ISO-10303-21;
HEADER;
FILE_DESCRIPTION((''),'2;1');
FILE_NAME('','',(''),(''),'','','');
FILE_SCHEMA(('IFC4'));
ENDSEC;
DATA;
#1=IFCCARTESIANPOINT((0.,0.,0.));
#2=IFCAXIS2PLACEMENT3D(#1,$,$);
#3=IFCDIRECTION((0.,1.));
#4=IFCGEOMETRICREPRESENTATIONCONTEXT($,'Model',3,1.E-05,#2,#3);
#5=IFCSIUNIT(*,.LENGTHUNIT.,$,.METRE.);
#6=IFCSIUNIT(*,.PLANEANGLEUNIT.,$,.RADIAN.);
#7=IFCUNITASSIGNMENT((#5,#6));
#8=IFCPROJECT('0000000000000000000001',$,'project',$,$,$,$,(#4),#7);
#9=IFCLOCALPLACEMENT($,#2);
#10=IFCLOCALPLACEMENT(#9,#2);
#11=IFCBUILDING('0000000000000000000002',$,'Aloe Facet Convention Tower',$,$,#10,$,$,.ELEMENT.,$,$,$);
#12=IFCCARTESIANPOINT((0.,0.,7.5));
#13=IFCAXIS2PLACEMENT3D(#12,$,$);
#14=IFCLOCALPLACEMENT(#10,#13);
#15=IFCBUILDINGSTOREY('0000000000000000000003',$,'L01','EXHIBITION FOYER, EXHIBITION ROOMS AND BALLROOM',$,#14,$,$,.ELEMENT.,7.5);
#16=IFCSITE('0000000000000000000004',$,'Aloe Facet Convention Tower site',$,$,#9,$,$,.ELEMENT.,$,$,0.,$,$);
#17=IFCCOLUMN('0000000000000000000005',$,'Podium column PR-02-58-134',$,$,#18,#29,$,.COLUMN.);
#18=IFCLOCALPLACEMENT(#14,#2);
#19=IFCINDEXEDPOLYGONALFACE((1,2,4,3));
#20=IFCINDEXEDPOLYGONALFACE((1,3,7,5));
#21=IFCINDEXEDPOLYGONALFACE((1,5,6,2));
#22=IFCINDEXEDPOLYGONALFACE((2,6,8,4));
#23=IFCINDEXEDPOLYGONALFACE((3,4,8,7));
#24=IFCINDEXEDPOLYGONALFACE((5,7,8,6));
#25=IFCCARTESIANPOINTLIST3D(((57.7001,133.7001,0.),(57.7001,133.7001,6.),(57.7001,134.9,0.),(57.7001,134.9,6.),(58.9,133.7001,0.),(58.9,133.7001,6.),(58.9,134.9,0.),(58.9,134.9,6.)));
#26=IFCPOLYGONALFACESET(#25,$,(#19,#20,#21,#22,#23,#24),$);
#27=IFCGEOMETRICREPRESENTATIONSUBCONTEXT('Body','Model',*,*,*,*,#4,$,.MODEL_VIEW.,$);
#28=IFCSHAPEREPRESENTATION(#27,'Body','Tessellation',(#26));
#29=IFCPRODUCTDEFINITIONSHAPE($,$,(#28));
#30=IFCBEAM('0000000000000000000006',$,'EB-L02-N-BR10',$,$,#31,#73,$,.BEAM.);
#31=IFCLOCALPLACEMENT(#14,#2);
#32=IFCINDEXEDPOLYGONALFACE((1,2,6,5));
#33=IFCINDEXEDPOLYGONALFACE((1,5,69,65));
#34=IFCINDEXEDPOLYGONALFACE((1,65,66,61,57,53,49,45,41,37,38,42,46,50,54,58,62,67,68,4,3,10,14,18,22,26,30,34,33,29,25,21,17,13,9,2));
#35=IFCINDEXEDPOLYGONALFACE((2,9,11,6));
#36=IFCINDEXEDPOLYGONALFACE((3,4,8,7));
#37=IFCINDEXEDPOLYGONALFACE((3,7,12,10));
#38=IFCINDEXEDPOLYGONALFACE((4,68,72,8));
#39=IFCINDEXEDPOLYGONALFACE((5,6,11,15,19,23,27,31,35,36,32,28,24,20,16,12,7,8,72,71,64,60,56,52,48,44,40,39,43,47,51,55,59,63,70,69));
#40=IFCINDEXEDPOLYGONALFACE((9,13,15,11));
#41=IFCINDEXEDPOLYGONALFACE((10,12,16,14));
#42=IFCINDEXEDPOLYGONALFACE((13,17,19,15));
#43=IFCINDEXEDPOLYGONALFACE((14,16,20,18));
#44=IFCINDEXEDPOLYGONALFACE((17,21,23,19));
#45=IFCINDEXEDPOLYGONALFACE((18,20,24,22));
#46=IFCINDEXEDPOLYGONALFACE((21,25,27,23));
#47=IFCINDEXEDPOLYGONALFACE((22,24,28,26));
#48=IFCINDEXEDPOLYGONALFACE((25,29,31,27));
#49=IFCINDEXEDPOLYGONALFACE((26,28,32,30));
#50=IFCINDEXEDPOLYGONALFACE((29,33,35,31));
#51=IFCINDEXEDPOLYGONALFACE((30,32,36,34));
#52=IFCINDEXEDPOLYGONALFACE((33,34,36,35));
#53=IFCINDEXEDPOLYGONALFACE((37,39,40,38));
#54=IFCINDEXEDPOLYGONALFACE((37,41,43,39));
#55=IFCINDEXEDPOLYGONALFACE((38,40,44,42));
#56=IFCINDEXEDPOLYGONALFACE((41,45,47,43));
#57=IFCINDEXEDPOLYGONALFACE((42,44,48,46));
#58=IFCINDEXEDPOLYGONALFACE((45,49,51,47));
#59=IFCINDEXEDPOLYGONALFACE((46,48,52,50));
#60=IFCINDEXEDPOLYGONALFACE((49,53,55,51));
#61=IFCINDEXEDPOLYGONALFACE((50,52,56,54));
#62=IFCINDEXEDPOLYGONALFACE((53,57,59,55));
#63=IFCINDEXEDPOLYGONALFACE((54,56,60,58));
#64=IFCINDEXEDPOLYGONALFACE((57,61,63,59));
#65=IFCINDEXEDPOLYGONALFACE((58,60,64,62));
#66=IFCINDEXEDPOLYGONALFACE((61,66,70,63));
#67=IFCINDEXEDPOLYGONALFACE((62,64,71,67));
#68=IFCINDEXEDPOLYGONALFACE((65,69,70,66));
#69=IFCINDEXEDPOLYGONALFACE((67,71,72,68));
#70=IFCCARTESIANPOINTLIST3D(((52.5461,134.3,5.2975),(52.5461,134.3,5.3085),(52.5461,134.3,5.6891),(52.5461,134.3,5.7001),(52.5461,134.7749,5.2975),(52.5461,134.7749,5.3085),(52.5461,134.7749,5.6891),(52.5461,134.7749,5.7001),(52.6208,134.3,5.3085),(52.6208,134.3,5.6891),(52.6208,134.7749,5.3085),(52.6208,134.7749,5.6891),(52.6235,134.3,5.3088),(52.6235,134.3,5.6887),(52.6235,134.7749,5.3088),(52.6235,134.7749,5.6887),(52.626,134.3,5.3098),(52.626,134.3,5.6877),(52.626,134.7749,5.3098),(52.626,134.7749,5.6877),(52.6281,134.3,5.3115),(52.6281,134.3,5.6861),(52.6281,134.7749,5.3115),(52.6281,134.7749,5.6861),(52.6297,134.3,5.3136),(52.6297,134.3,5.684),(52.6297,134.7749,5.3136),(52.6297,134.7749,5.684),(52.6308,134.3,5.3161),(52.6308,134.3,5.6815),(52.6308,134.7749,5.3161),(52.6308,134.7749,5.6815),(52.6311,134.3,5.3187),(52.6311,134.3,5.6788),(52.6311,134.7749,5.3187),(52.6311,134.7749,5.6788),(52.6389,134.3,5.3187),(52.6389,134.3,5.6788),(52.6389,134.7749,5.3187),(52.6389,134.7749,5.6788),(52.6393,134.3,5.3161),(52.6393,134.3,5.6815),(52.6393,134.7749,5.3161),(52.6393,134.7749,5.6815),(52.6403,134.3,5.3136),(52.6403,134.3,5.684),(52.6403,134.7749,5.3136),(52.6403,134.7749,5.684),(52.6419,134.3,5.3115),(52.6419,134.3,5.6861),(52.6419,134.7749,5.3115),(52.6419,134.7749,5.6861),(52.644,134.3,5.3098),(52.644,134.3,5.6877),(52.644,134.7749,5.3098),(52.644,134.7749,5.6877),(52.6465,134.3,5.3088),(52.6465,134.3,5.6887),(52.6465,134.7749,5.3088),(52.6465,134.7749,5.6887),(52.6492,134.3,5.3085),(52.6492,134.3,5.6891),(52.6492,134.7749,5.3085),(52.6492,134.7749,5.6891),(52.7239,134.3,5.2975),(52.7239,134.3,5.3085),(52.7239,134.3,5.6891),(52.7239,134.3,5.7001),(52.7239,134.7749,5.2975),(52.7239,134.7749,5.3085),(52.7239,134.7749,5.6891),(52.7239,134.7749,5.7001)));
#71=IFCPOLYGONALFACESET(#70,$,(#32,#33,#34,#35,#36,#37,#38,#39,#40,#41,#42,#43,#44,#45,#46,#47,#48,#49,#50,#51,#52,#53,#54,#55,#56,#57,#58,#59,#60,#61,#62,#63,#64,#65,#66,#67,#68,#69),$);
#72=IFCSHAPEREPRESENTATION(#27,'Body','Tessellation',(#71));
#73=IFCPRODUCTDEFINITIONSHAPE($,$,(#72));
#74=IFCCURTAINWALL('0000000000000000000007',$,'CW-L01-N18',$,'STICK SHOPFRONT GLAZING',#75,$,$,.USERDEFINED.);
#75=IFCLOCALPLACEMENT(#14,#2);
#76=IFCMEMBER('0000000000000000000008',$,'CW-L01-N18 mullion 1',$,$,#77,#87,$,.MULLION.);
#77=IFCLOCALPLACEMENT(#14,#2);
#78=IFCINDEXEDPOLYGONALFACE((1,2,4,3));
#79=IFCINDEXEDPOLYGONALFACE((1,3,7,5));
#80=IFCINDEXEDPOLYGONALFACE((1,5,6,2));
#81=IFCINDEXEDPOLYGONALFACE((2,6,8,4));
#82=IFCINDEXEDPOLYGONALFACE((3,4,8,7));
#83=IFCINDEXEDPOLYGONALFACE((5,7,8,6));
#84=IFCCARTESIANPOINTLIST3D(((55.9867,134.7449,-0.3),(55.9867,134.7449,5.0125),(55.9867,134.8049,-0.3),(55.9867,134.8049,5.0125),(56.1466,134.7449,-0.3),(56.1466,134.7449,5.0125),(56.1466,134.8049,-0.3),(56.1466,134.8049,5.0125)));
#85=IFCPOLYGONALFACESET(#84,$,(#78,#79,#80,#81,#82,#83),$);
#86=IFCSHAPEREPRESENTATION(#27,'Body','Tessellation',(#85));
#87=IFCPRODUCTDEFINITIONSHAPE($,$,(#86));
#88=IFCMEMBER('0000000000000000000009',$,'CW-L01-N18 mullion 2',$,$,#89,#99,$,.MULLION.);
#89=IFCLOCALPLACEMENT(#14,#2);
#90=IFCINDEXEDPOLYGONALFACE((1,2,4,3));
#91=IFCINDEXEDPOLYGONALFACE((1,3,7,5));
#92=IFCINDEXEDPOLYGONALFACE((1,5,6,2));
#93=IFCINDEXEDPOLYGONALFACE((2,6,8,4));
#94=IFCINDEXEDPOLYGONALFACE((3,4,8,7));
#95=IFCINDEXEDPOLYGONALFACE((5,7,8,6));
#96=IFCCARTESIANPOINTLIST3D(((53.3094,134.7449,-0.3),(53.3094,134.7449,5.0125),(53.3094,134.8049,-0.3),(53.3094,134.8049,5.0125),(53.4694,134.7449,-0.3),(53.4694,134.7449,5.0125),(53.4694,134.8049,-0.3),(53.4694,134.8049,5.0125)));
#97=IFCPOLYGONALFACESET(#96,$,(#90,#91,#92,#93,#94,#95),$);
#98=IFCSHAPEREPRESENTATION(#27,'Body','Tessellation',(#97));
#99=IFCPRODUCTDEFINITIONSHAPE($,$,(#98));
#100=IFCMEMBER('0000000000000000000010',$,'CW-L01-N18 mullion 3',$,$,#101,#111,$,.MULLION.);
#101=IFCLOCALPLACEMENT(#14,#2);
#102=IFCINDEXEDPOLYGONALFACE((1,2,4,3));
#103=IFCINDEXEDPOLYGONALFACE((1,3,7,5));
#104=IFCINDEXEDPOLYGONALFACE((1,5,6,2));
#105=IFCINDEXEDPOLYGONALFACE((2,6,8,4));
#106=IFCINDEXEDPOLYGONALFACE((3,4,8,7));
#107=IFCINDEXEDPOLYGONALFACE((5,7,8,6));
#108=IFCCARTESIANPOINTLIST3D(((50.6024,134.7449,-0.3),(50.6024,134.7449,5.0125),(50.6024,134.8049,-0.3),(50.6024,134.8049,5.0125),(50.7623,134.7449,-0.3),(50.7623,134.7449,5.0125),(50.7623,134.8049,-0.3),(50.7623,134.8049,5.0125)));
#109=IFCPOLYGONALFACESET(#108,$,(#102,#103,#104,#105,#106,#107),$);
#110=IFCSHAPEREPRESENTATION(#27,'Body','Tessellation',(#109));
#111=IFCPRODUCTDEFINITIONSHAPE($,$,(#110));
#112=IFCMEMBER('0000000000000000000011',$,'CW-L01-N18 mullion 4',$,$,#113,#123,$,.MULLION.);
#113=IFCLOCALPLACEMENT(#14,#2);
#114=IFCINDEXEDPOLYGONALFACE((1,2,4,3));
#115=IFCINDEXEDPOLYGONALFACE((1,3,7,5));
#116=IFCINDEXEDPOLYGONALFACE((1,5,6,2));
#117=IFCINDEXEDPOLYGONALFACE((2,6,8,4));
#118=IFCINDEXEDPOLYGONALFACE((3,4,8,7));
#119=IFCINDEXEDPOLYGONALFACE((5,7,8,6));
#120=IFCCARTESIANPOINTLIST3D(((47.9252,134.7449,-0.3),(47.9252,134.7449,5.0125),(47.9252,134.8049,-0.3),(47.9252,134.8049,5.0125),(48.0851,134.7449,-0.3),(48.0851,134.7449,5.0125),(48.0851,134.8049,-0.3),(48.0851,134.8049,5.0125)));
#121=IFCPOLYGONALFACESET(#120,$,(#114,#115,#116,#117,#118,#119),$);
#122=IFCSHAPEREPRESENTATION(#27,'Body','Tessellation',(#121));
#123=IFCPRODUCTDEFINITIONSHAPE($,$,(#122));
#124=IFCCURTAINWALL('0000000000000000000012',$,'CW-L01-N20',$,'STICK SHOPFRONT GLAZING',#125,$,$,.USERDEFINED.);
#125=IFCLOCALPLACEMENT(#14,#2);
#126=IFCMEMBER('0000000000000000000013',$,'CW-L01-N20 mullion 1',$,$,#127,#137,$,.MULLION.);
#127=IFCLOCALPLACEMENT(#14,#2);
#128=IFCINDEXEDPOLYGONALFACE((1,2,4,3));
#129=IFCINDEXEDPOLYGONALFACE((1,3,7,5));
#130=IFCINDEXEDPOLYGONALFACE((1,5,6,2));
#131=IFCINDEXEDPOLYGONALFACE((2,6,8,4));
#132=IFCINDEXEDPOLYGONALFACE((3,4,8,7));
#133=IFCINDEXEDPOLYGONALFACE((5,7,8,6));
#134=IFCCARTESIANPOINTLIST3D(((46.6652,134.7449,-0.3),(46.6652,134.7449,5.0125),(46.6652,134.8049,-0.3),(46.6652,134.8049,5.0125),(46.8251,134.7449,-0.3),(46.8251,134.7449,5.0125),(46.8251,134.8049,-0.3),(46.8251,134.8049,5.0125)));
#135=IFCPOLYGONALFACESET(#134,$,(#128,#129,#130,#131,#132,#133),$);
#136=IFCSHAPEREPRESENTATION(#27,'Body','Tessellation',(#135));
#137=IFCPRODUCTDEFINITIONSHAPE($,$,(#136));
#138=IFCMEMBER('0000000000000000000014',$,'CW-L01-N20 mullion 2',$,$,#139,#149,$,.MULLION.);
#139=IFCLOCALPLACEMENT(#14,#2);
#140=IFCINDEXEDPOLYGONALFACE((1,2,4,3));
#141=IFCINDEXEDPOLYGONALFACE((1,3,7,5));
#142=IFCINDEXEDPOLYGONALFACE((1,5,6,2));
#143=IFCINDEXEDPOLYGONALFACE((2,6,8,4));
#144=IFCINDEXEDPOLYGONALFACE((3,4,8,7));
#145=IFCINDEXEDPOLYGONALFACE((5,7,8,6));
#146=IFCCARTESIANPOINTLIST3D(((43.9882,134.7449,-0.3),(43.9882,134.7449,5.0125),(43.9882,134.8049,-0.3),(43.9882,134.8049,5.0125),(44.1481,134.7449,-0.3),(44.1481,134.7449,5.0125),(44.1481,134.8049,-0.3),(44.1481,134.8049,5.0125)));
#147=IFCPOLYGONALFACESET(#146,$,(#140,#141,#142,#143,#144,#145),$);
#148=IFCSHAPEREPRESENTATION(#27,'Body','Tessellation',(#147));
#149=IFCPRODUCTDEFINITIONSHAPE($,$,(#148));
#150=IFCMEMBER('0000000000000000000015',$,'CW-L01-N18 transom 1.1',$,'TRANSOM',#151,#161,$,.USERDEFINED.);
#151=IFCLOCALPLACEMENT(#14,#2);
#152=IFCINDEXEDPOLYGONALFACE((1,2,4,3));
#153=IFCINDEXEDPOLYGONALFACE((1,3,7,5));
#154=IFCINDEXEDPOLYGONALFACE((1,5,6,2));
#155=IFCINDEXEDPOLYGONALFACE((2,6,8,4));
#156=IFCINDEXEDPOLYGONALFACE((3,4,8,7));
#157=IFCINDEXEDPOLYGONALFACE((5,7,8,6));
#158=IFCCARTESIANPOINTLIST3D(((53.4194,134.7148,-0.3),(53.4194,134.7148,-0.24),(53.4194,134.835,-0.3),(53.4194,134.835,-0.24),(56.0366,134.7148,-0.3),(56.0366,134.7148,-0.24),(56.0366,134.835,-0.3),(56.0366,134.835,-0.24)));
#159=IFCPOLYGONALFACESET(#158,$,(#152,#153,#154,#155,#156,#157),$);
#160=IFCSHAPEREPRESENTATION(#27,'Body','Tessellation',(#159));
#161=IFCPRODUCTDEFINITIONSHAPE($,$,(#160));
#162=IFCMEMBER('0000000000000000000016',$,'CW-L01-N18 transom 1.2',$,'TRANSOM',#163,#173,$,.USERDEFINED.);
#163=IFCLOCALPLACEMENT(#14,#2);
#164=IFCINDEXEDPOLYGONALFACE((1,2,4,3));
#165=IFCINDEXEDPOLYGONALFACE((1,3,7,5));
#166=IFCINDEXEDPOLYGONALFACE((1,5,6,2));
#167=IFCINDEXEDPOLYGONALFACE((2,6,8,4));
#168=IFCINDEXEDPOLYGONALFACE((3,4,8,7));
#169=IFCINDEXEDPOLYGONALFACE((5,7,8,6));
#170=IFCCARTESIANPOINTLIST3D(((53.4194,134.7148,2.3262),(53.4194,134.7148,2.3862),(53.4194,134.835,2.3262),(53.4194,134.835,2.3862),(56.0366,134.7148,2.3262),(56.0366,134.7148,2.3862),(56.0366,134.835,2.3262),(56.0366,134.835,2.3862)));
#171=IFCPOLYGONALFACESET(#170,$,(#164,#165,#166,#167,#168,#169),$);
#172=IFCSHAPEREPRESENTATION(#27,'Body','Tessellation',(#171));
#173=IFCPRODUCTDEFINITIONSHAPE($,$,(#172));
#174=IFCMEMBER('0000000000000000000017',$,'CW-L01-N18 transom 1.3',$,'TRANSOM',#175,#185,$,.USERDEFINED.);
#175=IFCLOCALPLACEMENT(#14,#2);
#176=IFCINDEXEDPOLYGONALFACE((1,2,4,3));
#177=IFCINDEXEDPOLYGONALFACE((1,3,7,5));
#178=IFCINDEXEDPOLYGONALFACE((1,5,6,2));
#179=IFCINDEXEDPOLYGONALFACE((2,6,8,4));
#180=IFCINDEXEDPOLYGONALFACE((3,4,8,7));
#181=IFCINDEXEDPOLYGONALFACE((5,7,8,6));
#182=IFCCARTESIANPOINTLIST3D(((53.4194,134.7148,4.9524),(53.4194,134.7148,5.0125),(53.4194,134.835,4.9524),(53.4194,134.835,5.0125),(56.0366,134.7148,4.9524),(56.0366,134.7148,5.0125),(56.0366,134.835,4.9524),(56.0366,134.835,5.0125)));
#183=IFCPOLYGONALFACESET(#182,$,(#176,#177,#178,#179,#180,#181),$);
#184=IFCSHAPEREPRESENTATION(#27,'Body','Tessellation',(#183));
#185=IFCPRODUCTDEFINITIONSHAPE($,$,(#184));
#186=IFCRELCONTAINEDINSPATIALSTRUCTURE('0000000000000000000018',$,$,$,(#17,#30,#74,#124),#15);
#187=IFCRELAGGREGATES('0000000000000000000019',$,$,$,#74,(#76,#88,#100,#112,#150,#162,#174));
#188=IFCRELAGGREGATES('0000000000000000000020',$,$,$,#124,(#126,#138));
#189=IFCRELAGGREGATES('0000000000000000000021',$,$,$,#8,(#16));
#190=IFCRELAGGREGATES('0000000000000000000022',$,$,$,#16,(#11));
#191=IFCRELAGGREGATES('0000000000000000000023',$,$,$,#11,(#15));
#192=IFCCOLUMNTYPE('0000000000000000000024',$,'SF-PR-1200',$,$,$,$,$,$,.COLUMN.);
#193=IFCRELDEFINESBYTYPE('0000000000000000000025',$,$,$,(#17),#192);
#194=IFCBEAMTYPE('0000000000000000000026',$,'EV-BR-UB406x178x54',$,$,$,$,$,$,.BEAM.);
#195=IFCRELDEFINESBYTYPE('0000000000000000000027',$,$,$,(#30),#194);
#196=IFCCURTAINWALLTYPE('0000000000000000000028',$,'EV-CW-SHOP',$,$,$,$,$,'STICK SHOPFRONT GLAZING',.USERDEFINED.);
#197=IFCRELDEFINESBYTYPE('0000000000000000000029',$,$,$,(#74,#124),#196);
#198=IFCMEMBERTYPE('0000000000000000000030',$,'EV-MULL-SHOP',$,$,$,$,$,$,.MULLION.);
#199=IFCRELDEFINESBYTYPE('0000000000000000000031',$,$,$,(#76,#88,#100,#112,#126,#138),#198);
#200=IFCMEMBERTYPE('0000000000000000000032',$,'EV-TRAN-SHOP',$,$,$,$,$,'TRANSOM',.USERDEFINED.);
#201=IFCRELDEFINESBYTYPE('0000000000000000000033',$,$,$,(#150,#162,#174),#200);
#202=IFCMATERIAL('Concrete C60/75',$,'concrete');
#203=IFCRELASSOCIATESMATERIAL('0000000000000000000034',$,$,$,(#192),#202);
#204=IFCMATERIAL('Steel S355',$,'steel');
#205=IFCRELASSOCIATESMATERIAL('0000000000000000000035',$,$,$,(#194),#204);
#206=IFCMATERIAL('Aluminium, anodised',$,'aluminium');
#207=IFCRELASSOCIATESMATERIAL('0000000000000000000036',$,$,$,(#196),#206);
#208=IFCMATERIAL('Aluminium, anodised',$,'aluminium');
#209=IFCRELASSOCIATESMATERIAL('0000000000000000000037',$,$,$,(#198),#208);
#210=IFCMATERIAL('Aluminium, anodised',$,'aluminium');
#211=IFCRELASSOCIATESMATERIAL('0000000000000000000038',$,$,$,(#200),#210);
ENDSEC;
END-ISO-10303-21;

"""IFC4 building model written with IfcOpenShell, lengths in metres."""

from ifc_helpers import new_model, si_unit, direction, frame, origin, origin_2d, place, context, subcontext, project, spatial, rectangle, i_section, extrude, material, material_profile, profile_set, type_object, element, aggregate, save


model = new_model("IFC4")

# Units and contexts
model_context = context("Model", 3, precision=1e-05, world=origin(), true_north=direction((0.0, 1.0)))
body_context = subcontext(model_context, "Body", "Model", "MODEL_VIEW")
ifc_project = project(units=[si_unit("LENGTHUNIT", "METRE"), si_unit("PLANEANGLEUNIT", "RADIAN")], contexts=[model_context])

# Site, building, storey
site_placement = place(None, origin())
site = spatial("IfcSite", under=ifc_project, at=site_placement, Name="Aloe Facet Convention Tower site", CompositionType="ELEMENT", RefElevation=0.0)
building_placement = place(site_placement, origin())
building = spatial("IfcBuilding", under=site, at=building_placement, Name="Aloe Facet Convention Tower", CompositionType="ELEMENT")
storey_placement = place(building_placement, frame((0.0, 0.0, 7.5)))
storey = spatial("IfcBuildingStorey", under=building, at=storey_placement, Name="L01", Description="EXHIBITION FOYER, EXHIBITION ROOMS AND BALLROOM", CompositionType="ELEMENT", Elevation=7.5)

# Column
ifc_material_1 = material(Name="Concrete C60/75", Category="concrete")
ifc_material_profile_1 = material_profile(ifc_material_1, rectangle(XDim=1.2, YDim=1.2, at=origin_2d()), Name="SF-PR-1200")
ifc_profile_set_1 = profile_set([ifc_material_profile_1], Name="Concrete C60/75")
column_type = type_object("IfcColumnType", Name="SF-PR-1200", PredefinedType="COLUMN", material=ifc_profile_set_1)
column_placement = place(storey_placement, frame((58.3, 134.3, 0.0), z_axis=(0.0, 0.0, 1.0), x_axis=(1.0, 0.0, 0.0)))
element("IfcColumn", 1, at=column_placement, inside=storey, type_object=column_type, Name="Podium column PR-02-58-134", PredefinedType="COLUMN", context=body_context, shape_type="SweptSolid", body=[
    extrude(rectangle(XDim=1.2, YDim=1.2, at=origin_2d()), origin(), (0.0, 0.0, 1.0), 6.0),
])

# Beam
ifc_material_2 = material(Name="Steel S355", Category="steel")
ifc_material_profile_2 = material_profile(ifc_material_2, i_section(OverallWidth=0.1777, OverallDepth=0.4026, WebThickness=0.0078, FlangeThickness=0.011, FilletRadius=0.0103, at=origin_2d()), Name="UB 406x178x54")
ifc_profile_set_2 = profile_set([ifc_material_profile_2], Name="Steel S355")
beam_type = type_object("IfcBeamType", Name="EV-BR-UB406x178x54", PredefinedType="BEAM", material=ifc_profile_set_2)
beam_placement = place(storey_placement, frame((52.635, 134.3, 5.4988), z_axis=(0.0, 1.0, 0.0), x_axis=(-1.0, 0.0, 0.0)))
element("IfcBeam", 2, at=beam_placement, inside=storey, type_object=beam_type, Name="EB-L02-N-BR10", PredefinedType="BEAM", context=body_context, shape_type="SweptSolid", body=[
    extrude(i_section(OverallWidth=0.1777, OverallDepth=0.4026, WebThickness=0.0078, FlangeThickness=0.011, FilletRadius=0.0103, at=origin_2d()), origin(), (0.0, 0.0, 1.0), 0.4749),
])

# Curtain walls, members
ifc_material_3 = material(Name="Aluminium, anodised", Category="aluminium")
curtain_wall_type = type_object("IfcCurtainWallType", Name="EV-CW-SHOP", ElementType="STICK SHOPFRONT GLAZING", PredefinedType="USERDEFINED", material=ifc_material_3)
curtain_wall_1_placement = place(storey_placement, origin())
curtain_wall_1 = element("IfcCurtainWall", 3, at=curtain_wall_1_placement, inside=storey, type_object=curtain_wall_type, Name="CW-L01-N18", ObjectType="STICK SHOPFRONT GLAZING", PredefinedType="USERDEFINED")
ifc_material_4 = material(Name="Aluminium, anodised", Category="aluminium")
ifc_material_profile_3 = material_profile(ifc_material_4, rectangle(XDim=0.0601, YDim=0.1599, at=origin_2d()), Name="AL 60x160")
ifc_profile_set_3 = profile_set([ifc_material_profile_3], Name="Aluminium, anodised")
member_type_1 = type_object("IfcMemberType", Name="EV-MULL-SHOP", PredefinedType="MULLION", material=ifc_profile_set_3)
member_1_placement = place(storey_placement, frame((56.0667, 134.7749, -0.3), z_axis=(0.0, 0.0, 1.0), x_axis=(0.0, -1.0, 0.0)))
member_1 = element("IfcMember", 4, at=member_1_placement, type_object=member_type_1, Name="CW-L01-N18 mullion 1", PredefinedType="MULLION", context=body_context, shape_type="SweptSolid", body=[
    extrude(rectangle(XDim=0.0601, YDim=0.1599, at=origin_2d()), origin(), (0.0, 0.0, 1.0), 5.3125),
])
member_2_placement = place(storey_placement, frame((53.3894, 134.7749, -0.3), z_axis=(0.0, 0.0, 1.0), x_axis=(0.0, -1.0, 0.0)))
member_2 = element("IfcMember", 5, at=member_2_placement, type_object=member_type_1, Name="CW-L01-N18 mullion 2", PredefinedType="MULLION", context=body_context, shape_type="SweptSolid", body=[
    extrude(rectangle(XDim=0.0601, YDim=0.1599, at=origin_2d()), origin(), (0.0, 0.0, 1.0), 5.3125),
])
member_3_placement = place(storey_placement, frame((50.6824, 134.7749, -0.3), z_axis=(0.0, 0.0, 1.0), x_axis=(0.0, -1.0, 0.0)))
member_3 = element("IfcMember", 6, at=member_3_placement, type_object=member_type_1, Name="CW-L01-N18 mullion 3", PredefinedType="MULLION", context=body_context, shape_type="SweptSolid", body=[
    extrude(rectangle(XDim=0.0601, YDim=0.1599, at=origin_2d()), origin(), (0.0, 0.0, 1.0), 5.3125),
])
member_4_placement = place(storey_placement, frame((48.0051, 134.7749, -0.3), z_axis=(0.0, 0.0, 1.0), x_axis=(0.0, -1.0, 0.0)))
member_4 = element("IfcMember", 7, at=member_4_placement, type_object=member_type_1, Name="CW-L01-N18 mullion 4", PredefinedType="MULLION", context=body_context, shape_type="SweptSolid", body=[
    extrude(rectangle(XDim=0.0601, YDim=0.1599, at=origin_2d()), origin(), (0.0, 0.0, 1.0), 5.3125),
])
curtain_wall_2_placement = place(storey_placement, origin())
curtain_wall_2 = element("IfcCurtainWall", 8, at=curtain_wall_2_placement, inside=storey, type_object=curtain_wall_type, Name="CW-L01-N20", ObjectType="STICK SHOPFRONT GLAZING", PredefinedType="USERDEFINED")
member_5_placement = place(storey_placement, frame((46.7451, 134.7749, -0.3), z_axis=(0.0, 0.0, 1.0), x_axis=(0.0, -1.0, 0.0)))
member_5 = element("IfcMember", 9, at=member_5_placement, type_object=member_type_1, Name="CW-L01-N20 mullion 1", PredefinedType="MULLION", context=body_context, shape_type="SweptSolid", body=[
    extrude(rectangle(XDim=0.0601, YDim=0.1599, at=origin_2d()), origin(), (0.0, 0.0, 1.0), 5.3125),
])
member_6_placement = place(storey_placement, frame((44.0681, 134.7749, -0.3), z_axis=(0.0, 0.0, 1.0), x_axis=(0.0, -1.0, 0.0)))
member_6 = element("IfcMember", 10, at=member_6_placement, type_object=member_type_1, Name="CW-L01-N20 mullion 2", PredefinedType="MULLION", context=body_context, shape_type="SweptSolid", body=[
    extrude(rectangle(XDim=0.0601, YDim=0.1599, at=origin_2d()), origin(), (0.0, 0.0, 1.0), 5.3125),
])

# Members
ifc_material_5 = material(Name="Aluminium, anodised", Category="aluminium")
ifc_material_profile_4 = material_profile(ifc_material_5, rectangle(XDim=0.1201, YDim=0.0601, at=origin_2d()), Name="AL 120x60")
ifc_profile_set_4 = profile_set([ifc_material_profile_4], Name="Aluminium, anodised")
member_type_2 = type_object("IfcMemberType", Name="EV-TRAN-SHOP", ElementType="TRANSOM", PredefinedType="USERDEFINED", material=ifc_profile_set_4)
member_7_placement = place(storey_placement, frame((56.0366, 134.7749, -0.27), z_axis=(-1.0, 0.0, 0.0), x_axis=(0.0, -1.0, 0.0)))
member_7 = element("IfcMember", 11, at=member_7_placement, type_object=member_type_2, Name="CW-L01-N18 transom 1.1", ObjectType="TRANSOM", PredefinedType="USERDEFINED", context=body_context, shape_type="SweptSolid", body=[
    extrude(rectangle(XDim=0.1201, YDim=0.0601, at=origin_2d()), origin(), (0.0, 0.0, 1.0), 2.6172),
])
member_8_placement = place(storey_placement, frame((56.0366, 134.7749, 2.3562), z_axis=(-1.0, 0.0, 0.0), x_axis=(0.0, -1.0, 0.0)))
member_8 = element("IfcMember", 12, at=member_8_placement, type_object=member_type_2, Name="CW-L01-N18 transom 1.2", ObjectType="TRANSOM", PredefinedType="USERDEFINED", context=body_context, shape_type="SweptSolid", body=[
    extrude(rectangle(XDim=0.1201, YDim=0.0601, at=origin_2d()), origin(), (0.0, 0.0, 1.0), 2.6172),
])
member_9_placement = place(storey_placement, frame((56.0366, 134.7749, 4.9824), z_axis=(-1.0, 0.0, 0.0), x_axis=(0.0, -1.0, 0.0)))
member_9 = element("IfcMember", 13, at=member_9_placement, type_object=member_type_2, Name="CW-L01-N18 transom 1.3", ObjectType="TRANSOM", PredefinedType="USERDEFINED", context=body_context, shape_type="SweptSolid", body=[
    extrude(rectangle(XDim=0.1201, YDim=0.0601, at=origin_2d()), origin(), (0.0, 0.0, 1.0), 2.6172),
])

aggregate(curtain_wall_1, [member_1, member_2, member_3, member_4, member_7, member_8, member_9])
aggregate(curtain_wall_2, [member_5, member_6])

save(model, "model.ifc")
